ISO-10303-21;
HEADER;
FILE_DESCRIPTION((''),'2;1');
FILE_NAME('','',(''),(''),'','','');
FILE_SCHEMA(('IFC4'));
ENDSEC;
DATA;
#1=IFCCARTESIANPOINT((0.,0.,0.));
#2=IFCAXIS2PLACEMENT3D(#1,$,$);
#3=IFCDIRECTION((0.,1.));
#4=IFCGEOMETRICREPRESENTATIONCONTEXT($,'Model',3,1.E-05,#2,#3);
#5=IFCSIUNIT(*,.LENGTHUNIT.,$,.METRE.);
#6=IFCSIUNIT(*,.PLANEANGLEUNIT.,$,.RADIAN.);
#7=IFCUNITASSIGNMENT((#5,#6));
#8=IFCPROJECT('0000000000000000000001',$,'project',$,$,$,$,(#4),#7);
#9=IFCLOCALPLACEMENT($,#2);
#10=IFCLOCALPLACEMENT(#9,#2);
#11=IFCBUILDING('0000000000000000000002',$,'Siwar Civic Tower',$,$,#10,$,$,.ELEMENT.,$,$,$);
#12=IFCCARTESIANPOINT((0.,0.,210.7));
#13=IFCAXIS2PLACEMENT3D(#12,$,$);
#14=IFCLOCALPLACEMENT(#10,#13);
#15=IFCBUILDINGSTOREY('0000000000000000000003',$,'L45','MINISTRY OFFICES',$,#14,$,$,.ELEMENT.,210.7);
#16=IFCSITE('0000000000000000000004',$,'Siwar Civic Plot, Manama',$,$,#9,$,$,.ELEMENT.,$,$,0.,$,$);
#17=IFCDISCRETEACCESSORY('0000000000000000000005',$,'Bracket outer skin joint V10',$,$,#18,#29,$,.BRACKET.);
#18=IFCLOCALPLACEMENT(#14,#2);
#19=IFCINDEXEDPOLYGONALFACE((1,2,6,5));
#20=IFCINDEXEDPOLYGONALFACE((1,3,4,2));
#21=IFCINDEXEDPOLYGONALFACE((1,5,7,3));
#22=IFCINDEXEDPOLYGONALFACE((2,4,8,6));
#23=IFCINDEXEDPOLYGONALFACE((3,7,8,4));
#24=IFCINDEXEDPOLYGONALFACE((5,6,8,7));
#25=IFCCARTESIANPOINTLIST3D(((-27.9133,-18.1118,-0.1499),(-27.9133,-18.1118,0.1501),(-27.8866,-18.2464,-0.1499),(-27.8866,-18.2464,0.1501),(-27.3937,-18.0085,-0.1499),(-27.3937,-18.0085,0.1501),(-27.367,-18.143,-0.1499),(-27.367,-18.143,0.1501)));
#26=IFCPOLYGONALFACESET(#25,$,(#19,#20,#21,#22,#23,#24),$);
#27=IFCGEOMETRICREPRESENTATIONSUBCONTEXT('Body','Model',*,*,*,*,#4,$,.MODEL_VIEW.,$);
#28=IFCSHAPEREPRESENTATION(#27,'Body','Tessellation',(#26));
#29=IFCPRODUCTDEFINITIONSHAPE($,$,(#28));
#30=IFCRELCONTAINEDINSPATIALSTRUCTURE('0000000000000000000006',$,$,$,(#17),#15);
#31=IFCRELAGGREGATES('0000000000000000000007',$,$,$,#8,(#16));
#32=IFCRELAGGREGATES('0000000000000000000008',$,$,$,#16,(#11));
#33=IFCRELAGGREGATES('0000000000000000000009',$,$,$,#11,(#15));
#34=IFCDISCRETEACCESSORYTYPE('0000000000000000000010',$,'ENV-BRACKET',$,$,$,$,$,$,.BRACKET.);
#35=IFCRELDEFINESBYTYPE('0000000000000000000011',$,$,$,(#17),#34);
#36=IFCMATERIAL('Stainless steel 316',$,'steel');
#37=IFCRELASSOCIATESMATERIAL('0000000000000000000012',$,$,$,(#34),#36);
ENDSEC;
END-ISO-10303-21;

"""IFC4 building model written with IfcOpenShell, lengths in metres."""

from ifc_helpers import new_model, si_unit, direction, frame, origin, origin_2d, place, context, subcontext, project, spatial, rectangle, extrude, material, type_object, element, save


model = new_model("IFC4")

# Units and contexts
model_context = context("Model", 3, precision=1e-05, world=origin(), true_north=direction((0.0, 1.0)))
body_context = subcontext(model_context, "Body", "Model", "MODEL_VIEW")
ifc_project = project(units=[si_unit("LENGTHUNIT", "METRE"), si_unit("PLANEANGLEUNIT", "RADIAN")], contexts=[model_context])

# Site, building, storey
site_placement = place(None, origin())
site = spatial("IfcSite", under=ifc_project, at=site_placement, Name="Siwar Civic Plot, Manama", CompositionType="ELEMENT", RefElevation=0.0)
building_placement = place(site_placement, origin())
building = spatial("IfcBuilding", under=site, at=building_placement, Name="Siwar Civic Tower", CompositionType="ELEMENT")
storey_placement = place(building_placement, frame((0.0, 0.0, 210.7)))
storey = spatial("IfcBuildingStorey", under=building, at=storey_placement, Name="L45", Description="MINISTRY OFFICES", CompositionType="ELEMENT", Elevation=210.7)

# Discrete accessory
ifc_material_1 = material(Name="Stainless steel 316", Category="steel")
discrete_accessory_type = type_object("IfcDiscreteAccessoryType", Name="ENV-BRACKET", PredefinedType="BRACKET", material=ifc_material_1)
discrete_accessory_placement = place(storey_placement, frame((-27.6401, -18.1274, -0.1499), z_axis=(0.0, 0.0, 1.0), x_axis=(-0.980785, -0.19509, 0.0)))
element("IfcDiscreteAccessory", 1, at=discrete_accessory_placement, inside=storey, type_object=discrete_accessory_type, Name="Bracket outer skin joint V10", PredefinedType="BRACKET", context=body_context, shape_type="SweptSolid", body=[
    extrude(rectangle(XDim=0.5298, YDim=0.1372, at=origin_2d()), origin(), (0.0, 0.0, 1.0), 0.3),
])

save(model, "model.ifc")
